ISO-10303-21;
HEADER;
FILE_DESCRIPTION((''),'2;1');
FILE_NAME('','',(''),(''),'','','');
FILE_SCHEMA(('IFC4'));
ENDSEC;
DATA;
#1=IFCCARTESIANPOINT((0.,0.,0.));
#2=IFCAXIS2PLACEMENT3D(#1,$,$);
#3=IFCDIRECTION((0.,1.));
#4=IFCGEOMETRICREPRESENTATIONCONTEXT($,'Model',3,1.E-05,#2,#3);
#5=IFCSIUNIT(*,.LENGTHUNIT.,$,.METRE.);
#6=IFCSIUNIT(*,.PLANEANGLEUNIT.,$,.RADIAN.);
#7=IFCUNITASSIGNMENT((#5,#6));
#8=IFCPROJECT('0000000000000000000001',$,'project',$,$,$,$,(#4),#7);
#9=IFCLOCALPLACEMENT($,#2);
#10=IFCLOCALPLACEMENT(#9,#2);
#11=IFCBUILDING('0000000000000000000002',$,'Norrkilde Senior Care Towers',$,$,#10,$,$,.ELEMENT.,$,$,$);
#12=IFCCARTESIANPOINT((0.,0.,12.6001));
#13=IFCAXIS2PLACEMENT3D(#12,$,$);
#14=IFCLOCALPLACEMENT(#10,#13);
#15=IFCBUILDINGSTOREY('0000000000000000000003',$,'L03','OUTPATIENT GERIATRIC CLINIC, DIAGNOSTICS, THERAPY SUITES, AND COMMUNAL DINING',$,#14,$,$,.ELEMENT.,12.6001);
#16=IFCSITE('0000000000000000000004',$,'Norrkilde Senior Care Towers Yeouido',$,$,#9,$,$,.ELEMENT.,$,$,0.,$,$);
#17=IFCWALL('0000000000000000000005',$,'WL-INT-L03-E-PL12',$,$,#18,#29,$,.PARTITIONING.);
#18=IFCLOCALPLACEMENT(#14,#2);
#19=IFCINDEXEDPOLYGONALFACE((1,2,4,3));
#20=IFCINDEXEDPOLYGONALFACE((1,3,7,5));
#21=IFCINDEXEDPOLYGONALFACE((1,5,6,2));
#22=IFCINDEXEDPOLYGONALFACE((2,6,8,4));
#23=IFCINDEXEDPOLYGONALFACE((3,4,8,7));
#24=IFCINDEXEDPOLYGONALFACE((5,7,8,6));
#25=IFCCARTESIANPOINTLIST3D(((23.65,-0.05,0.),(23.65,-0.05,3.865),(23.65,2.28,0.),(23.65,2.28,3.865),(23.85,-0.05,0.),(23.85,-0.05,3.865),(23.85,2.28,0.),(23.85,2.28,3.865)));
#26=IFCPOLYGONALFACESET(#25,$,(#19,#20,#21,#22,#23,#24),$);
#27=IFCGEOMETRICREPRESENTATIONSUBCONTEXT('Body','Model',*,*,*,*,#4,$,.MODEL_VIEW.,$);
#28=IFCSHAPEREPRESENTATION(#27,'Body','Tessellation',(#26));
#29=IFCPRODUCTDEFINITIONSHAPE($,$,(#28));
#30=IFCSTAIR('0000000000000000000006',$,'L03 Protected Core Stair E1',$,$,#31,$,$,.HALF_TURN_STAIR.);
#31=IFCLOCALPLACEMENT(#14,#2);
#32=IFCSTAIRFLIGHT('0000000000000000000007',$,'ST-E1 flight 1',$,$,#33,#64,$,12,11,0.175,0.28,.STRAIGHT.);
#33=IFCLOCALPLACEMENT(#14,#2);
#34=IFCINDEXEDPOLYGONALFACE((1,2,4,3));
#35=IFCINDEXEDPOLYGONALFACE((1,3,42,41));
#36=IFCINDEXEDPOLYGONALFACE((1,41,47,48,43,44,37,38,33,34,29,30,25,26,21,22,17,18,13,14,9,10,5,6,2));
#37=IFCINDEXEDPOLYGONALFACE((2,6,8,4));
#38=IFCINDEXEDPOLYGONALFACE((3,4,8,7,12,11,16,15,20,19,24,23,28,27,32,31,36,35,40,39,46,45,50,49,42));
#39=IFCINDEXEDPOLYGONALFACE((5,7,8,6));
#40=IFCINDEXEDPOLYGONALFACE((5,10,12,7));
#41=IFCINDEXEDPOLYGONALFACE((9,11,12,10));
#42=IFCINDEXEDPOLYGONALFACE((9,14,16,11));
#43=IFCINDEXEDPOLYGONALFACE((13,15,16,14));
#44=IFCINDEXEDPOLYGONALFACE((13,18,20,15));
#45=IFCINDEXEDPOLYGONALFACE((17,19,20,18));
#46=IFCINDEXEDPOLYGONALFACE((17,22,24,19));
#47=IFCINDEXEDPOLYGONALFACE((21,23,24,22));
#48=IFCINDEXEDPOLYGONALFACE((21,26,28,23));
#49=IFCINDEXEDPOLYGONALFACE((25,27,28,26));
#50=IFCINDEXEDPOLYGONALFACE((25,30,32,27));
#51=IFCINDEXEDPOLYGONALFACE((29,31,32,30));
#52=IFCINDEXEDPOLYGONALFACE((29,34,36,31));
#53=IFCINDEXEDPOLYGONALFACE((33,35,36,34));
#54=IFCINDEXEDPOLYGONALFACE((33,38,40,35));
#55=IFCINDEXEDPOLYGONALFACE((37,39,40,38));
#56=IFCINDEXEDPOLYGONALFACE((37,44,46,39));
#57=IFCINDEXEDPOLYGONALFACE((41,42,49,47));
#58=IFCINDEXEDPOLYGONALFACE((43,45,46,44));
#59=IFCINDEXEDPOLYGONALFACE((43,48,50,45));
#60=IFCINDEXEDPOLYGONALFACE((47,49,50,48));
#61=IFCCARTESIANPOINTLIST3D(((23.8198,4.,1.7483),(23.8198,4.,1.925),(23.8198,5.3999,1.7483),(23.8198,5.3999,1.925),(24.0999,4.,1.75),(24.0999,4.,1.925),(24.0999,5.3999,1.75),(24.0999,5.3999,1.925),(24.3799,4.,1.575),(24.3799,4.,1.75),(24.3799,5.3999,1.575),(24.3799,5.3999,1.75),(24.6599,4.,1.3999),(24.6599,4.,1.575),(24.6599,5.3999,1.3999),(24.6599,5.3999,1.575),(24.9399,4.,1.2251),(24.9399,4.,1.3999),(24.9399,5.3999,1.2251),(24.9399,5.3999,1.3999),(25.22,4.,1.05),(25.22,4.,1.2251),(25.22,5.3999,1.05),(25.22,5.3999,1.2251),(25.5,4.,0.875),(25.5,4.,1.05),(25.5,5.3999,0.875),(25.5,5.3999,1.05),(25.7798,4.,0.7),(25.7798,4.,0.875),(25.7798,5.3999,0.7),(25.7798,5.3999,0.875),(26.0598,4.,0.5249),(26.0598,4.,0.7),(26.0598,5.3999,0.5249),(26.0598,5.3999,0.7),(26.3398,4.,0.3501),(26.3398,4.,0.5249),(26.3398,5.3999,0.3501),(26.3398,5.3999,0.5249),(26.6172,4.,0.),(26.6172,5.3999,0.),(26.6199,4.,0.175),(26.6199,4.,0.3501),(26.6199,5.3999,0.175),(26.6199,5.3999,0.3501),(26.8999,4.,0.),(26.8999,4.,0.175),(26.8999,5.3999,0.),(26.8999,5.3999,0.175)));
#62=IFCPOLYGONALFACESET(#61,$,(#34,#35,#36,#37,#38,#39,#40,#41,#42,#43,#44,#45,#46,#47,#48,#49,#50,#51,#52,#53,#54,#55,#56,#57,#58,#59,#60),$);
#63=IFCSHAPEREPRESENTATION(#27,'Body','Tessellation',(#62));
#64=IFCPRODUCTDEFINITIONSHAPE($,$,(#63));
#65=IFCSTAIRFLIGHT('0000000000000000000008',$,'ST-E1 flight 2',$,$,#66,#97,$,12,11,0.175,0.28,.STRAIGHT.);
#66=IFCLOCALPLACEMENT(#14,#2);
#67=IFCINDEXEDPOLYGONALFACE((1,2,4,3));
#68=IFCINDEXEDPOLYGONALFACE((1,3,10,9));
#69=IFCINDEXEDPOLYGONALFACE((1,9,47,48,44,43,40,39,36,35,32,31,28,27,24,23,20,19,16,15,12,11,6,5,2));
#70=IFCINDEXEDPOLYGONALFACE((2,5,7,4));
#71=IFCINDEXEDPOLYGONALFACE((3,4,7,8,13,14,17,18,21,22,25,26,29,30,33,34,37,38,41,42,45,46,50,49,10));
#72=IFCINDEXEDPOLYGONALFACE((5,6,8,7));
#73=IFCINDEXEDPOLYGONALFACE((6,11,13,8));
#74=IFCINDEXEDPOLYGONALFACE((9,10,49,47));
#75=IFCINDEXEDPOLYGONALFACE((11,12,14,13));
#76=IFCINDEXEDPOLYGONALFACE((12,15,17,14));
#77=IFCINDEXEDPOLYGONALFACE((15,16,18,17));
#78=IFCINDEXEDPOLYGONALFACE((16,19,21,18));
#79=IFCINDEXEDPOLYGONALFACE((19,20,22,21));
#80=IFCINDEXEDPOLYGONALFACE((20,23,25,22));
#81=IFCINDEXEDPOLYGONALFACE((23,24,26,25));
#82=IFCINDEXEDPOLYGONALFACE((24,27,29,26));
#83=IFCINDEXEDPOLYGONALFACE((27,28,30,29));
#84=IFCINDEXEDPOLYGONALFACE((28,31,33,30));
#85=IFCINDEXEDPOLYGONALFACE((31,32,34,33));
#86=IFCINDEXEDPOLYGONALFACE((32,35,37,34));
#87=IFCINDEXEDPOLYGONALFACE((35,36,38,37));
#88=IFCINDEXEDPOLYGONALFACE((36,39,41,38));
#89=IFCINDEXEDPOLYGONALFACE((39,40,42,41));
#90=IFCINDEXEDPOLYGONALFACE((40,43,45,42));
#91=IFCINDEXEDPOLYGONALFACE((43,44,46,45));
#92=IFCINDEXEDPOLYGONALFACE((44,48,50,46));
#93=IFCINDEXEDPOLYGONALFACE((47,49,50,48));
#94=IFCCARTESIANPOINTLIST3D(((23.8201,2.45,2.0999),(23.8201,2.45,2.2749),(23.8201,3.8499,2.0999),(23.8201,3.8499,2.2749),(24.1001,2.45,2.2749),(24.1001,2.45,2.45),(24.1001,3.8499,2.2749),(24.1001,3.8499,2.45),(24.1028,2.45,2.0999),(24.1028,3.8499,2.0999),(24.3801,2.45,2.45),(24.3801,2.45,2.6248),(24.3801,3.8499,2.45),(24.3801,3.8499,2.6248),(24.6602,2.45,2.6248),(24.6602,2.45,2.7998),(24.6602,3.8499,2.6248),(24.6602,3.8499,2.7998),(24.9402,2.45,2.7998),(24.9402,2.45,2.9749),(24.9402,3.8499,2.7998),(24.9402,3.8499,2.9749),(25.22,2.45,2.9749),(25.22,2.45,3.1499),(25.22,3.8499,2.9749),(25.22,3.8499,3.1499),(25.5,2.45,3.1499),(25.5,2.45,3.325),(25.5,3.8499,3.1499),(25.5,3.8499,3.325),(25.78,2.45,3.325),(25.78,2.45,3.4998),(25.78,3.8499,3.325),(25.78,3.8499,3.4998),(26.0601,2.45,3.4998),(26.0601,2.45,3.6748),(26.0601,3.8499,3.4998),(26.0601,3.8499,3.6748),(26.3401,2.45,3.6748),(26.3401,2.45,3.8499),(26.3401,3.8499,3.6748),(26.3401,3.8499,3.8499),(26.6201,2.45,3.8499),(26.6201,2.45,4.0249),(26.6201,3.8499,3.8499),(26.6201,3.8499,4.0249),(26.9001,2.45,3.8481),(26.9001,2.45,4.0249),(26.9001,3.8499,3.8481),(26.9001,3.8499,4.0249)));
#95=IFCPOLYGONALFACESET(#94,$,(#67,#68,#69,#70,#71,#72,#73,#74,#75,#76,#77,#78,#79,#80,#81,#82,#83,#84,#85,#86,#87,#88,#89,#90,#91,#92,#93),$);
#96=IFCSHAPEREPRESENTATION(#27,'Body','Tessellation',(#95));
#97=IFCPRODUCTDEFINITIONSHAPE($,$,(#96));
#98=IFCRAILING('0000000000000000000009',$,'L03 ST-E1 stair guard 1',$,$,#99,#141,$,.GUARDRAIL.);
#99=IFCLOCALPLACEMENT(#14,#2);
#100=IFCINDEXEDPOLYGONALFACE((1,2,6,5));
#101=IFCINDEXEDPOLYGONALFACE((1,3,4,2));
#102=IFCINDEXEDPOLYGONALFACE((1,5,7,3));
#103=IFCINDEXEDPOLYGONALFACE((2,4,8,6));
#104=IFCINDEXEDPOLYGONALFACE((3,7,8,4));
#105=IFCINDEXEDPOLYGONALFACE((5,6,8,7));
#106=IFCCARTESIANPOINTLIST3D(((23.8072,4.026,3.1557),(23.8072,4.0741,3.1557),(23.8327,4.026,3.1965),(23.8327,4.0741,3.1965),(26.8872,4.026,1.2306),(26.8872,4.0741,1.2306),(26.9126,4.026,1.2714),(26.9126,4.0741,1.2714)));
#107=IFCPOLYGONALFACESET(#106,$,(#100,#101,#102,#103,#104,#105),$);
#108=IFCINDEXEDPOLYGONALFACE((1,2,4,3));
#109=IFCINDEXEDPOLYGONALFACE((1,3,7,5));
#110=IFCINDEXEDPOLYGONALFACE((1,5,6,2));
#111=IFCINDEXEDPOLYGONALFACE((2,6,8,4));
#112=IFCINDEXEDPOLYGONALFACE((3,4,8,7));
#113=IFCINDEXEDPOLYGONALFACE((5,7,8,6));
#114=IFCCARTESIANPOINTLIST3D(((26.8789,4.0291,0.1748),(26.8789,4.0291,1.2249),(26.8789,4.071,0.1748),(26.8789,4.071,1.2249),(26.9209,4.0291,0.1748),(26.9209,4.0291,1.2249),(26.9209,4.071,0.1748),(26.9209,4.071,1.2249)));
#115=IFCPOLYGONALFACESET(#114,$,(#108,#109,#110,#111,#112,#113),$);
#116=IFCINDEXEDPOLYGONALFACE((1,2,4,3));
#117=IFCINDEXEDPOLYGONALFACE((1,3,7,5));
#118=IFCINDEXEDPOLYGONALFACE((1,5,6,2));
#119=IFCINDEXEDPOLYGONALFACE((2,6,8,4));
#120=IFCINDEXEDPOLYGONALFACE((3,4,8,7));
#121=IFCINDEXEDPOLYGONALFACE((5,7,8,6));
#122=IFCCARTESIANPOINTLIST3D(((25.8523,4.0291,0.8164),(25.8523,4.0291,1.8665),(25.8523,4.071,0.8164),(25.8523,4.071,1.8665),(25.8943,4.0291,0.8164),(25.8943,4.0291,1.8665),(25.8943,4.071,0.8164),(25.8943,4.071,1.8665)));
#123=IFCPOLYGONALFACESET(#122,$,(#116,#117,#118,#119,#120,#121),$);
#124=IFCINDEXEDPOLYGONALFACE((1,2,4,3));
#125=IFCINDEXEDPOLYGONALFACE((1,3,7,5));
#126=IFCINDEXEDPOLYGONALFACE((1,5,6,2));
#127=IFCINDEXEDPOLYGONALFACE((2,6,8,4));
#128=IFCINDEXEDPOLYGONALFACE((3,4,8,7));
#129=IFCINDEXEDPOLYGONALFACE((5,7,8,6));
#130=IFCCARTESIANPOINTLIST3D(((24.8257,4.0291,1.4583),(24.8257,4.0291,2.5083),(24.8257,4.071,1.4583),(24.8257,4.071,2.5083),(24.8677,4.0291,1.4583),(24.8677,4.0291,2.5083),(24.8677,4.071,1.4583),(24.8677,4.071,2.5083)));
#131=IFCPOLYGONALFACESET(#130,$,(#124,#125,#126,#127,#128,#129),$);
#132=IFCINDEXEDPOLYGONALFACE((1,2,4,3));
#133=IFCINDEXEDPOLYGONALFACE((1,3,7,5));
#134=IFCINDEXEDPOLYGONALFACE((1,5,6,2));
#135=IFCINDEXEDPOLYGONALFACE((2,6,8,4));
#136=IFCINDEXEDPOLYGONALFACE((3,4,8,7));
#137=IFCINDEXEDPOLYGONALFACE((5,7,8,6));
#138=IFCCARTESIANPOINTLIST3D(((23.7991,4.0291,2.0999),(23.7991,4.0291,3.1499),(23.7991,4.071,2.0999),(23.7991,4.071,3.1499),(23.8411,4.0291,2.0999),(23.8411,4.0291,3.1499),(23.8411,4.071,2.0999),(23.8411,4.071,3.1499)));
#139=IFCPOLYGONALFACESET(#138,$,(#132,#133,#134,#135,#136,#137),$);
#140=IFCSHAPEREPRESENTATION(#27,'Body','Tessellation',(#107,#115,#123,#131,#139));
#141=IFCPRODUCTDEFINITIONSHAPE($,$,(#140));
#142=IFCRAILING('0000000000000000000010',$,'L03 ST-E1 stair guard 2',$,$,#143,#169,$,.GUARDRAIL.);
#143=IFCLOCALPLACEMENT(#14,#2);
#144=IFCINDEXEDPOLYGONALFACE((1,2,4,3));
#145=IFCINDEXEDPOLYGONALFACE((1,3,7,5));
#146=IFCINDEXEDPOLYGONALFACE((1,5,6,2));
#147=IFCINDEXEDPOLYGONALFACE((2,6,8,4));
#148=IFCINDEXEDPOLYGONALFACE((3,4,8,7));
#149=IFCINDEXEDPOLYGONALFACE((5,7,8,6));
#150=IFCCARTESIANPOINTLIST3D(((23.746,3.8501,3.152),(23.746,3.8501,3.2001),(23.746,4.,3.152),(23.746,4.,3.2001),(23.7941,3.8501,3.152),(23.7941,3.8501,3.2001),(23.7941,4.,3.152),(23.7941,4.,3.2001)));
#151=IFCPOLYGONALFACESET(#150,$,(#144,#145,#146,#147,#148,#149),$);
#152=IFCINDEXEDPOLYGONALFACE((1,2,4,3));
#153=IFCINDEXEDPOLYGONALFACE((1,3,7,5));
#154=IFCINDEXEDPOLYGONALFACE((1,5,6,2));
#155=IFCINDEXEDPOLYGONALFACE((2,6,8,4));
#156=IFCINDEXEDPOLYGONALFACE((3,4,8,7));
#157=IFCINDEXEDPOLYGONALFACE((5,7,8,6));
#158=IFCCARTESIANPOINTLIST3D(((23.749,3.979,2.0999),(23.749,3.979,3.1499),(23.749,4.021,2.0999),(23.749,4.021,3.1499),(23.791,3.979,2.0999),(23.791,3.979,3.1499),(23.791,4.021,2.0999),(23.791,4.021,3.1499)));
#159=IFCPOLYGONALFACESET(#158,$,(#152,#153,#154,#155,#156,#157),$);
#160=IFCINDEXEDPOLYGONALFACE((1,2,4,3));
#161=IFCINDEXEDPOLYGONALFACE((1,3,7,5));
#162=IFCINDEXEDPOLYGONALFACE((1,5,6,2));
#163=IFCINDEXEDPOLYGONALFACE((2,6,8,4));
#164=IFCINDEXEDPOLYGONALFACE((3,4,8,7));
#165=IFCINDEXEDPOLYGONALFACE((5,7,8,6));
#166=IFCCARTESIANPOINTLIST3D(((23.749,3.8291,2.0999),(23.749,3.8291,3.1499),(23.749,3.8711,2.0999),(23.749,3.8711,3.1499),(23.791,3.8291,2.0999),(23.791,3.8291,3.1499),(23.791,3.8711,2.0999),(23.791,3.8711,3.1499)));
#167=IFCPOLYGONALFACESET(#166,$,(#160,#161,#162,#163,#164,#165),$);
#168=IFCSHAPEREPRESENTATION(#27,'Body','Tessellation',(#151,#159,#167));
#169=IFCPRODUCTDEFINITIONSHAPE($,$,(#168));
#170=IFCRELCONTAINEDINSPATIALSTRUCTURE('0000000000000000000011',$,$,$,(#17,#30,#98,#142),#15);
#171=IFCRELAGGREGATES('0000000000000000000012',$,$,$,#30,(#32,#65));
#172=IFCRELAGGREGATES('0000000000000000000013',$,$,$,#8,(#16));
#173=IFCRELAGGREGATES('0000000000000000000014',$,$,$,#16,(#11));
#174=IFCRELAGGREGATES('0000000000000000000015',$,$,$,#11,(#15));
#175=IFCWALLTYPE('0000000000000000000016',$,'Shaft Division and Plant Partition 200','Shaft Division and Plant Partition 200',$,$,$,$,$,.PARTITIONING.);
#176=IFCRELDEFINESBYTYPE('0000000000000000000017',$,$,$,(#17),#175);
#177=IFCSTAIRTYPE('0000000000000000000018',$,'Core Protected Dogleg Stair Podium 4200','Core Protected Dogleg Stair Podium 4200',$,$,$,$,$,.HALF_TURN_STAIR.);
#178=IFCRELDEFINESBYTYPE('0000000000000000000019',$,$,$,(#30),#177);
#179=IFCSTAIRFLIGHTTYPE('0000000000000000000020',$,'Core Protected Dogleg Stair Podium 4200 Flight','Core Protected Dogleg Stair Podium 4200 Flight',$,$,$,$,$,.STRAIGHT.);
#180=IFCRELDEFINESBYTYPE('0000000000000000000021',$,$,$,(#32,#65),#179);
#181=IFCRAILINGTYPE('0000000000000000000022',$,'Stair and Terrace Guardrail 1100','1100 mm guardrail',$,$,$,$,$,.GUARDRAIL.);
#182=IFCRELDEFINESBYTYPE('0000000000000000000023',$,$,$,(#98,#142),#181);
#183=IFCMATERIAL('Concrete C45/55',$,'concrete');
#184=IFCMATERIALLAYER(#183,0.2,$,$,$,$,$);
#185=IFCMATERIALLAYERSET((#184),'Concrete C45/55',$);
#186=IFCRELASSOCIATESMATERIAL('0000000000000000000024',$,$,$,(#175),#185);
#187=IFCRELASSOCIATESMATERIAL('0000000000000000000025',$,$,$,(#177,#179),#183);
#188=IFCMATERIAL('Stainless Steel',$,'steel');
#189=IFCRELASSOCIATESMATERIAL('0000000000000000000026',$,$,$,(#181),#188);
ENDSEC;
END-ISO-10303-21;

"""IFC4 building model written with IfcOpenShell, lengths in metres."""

from ifc_helpers import new_model, si_unit, direction, frame, frame_2d, origin, origin_2d, place, context, subcontext, project, spatial, polyline, rectangle, outline, extrude, source, transform, mapped, material, layer, layer_set, type_object, type_shapes, element, aggregate, save


model = new_model("IFC4")

# Units and contexts
model_context = context("Model", 3, precision=1e-05, world=origin(), true_north=direction((0.0, 1.0)))
body_context = subcontext(model_context, "Body", "Model", "MODEL_VIEW")
ifc_project = project(units=[si_unit("LENGTHUNIT", "METRE"), si_unit("PLANEANGLEUNIT", "RADIAN")], contexts=[model_context])

# Site, building, storey
site_placement = place(None, origin())
site = spatial("IfcSite", under=ifc_project, at=site_placement, Name="Norrkilde Senior Care Towers Yeouido", CompositionType="ELEMENT", RefElevation=0.0)
building_placement = place(site_placement, origin())
building = spatial("IfcBuilding", under=site, at=building_placement, Name="Norrkilde Senior Care Towers", CompositionType="ELEMENT")
storey_placement = place(building_placement, frame((0.0, 0.0, 12.6001)))
storey = spatial("IfcBuildingStorey", under=building, at=storey_placement, Name="L03", Description="OUTPATIENT GERIATRIC CLINIC, DIAGNOSTICS, THERAPY SUITES, AND COMMUNAL DINING", CompositionType="ELEMENT", Elevation=12.6001)

# Shared definitions
ifc_material_1 = material(Name="Concrete C45/55", Category="concrete")

# Shared definitions
ifc_material_2 = material(Name="Stainless Steel", Category="steel")

# Wall
ifc_layer_1 = layer(ifc_material_1, 0.2)
ifc_layer_set_1 = layer_set([ifc_layer_1], Name="Concrete C45/55")
wall_type_1 = type_object("IfcWallType", Name="Shaft Division and Plant Partition 200", Description="Shaft Division and Plant Partition 200", PredefinedType="PARTITIONING", material=ifc_layer_set_1)
shared_shape_1 = source(origin(), body_context, "Body", "SweptSolid", [
    extrude(rectangle(XDim=2.3301, YDim=0.2, at=frame_2d((1.165, 0.0))), origin(), (0.0, 0.0, 1.0), 3.865),
])
type_shapes(wall_type_1, [shared_shape_1])
wall_1_placement = place(storey_placement, frame((23.75, -0.05, 0.0), z_axis=(0.0, 0.0, 1.0), x_axis=(0.0, 1.0, 0.0)))
element("IfcWall", 1, at=wall_1_placement, inside=storey, type_object=wall_type_1, Name="WL-INT-L03-E-PL12", PredefinedType="PARTITIONING", context=body_context, shape_type="MappedRepresentation", body=[
    mapped(shared_shape_1, transform((0.0, 0.0, 0.0), x_axis=(1.0, 0.0, 0.0), y_axis=(0.0, 1.0, 0.0), z_axis=(0.0, 0.0, 1.0), scale=1.0)),
])

# Stair, stair flights
stair_type = type_object("IfcStairType", Name="Core Protected Dogleg Stair Podium 4200", Description="Core Protected Dogleg Stair Podium 4200", PredefinedType="HALF_TURN_STAIR", material=ifc_material_1)
stair_placement = place(storey_placement, origin())
stair = element("IfcStair", 2, at=stair_placement, inside=storey, type_object=stair_type, Name="L03 Protected Core Stair E1", PredefinedType="HALF_TURN_STAIR")
stair_flight_type = type_object("IfcStairFlightType", Name="Core Protected Dogleg Stair Podium 4200 Flight", Description="Core Protected Dogleg Stair Podium 4200 Flight", PredefinedType="STRAIGHT", material=ifc_material_1)
stair_flight_1_placement = place(storey_placement, frame((26.8999, 4.7, 0.0), z_axis=(0.0, 0.0, 1.0), x_axis=(-1.0, 0.0, 0.0)))
stair_flight_1 = element("IfcStairFlight", 3, at=stair_flight_1_placement, type_object=stair_flight_type, Name="ST-E1 flight 1", NumberOfRisers=12, NumberOfTreads=11, PredefinedType="STRAIGHT", RiserHeight=0.175, TreadLength=0.28, context=body_context, shape_type="SweptSolid", body=[
    extrude(outline(polyline([(0.0, 0.0), (0.0, 0.175), (0.28, 0.175), (0.28, 0.3501), (0.5601, 0.3501), (0.5601, 0.5249), (0.8401, 0.5249), (0.8401, 0.7), (1.1201, 0.7), (1.1201, 0.875), (1.3999, 0.875), (1.3999, 1.05), (1.6799, 1.05), (1.6799, 1.2251), (1.96, 1.2251), (1.96, 1.3999), (2.24, 1.3999), (2.24, 1.575), (2.52, 1.575), (2.52, 1.75), (2.8, 1.75), (2.8, 1.925), (3.0801, 1.925), (3.0801, 2.1001), (3.0801, 1.7483), (0.2827, 0.0), (0.0, 0.0)])), frame((0.0, 0.7, 0.0), z_axis=(0.0, -1.0, 0.0), x_axis=(1.0, 0.0, 0.0)), (0.0, 0.0, 1.0), 1.3999),
])
stair_flight_2_placement = place(storey_placement, frame((23.8201, 3.1499, 2.0999), z_axis=(0.0, 0.0, 1.0), x_axis=(1.0, 0.0, 0.0)))
stair_flight_2 = element("IfcStairFlight", 4, at=stair_flight_2_placement, type_object=stair_flight_type, Name="ST-E1 flight 2", NumberOfRisers=12, NumberOfTreads=11, PredefinedType="STRAIGHT", RiserHeight=0.175, TreadLength=0.28, context=body_context, shape_type="SweptSolid", body=[
    extrude(outline(polyline([(0.0, 0.0), (0.0, 0.175), (0.28, 0.175), (0.28, 0.3501), (0.5601, 0.3501), (0.5601, 0.5249), (0.8401, 0.5249), (0.8401, 0.7), (1.1201, 0.7), (1.1201, 0.875), (1.3999, 0.875), (1.3999, 1.05), (1.6799, 1.05), (1.6799, 1.2251), (1.96, 1.2251), (1.96, 1.3999), (2.24, 1.3999), (2.24, 1.575), (2.52, 1.575), (2.52, 1.75), (2.8, 1.75), (2.8, 1.925), (3.0801, 1.925), (3.0801, 2.1001), (3.0801, 1.7483), (0.2827, 0.0), (0.0, 0.0)])), frame((0.0, 0.7, 0.0), z_axis=(0.0, -1.0, 0.0), x_axis=(1.0, 0.0, 0.0)), (0.0, 0.0, 1.0), 1.3999),
])
aggregate(stair, [stair_flight_1, stair_flight_2])

# Railings
railing_type_1 = type_object("IfcRailingType", Name="Stair and Terrace Guardrail 1100", Description="1100 mm guardrail", PredefinedType="GUARDRAIL", material=ifc_material_2)
railing_1_placement = place(storey_placement, frame((26.8999, 4.05, 0.1748)))
element("IfcRailing", 5, at=railing_1_placement, inside=storey, type_object=railing_type_1, Name="L03 ST-E1 stair guard 1", PredefinedType="GUARDRAIL", context=body_context, shape_type="SweptSolid", body=[
    extrude(rectangle(XDim=0.0481, YDim=0.0481, at=origin_2d()), frame((0.0, 0.0, 1.0762), z_axis=(-0.847979, 0.0, 0.530029), x_axis=(0.0, -1.0, 0.0)), (0.0, 0.0, 1.0), 3.6321),
    extrude(rectangle(XDim=0.042, YDim=0.042, at=origin_2d()), origin(), (0.0, 0.0, 1.0), 1.05),
    extrude(rectangle(XDim=0.042, YDim=0.042, at=origin_2d()), frame((-1.0266, 0.0, 0.6416)), (0.0, 0.0, 1.0), 1.05),
    extrude(rectangle(XDim=0.042, YDim=0.042, at=origin_2d()), frame((-2.0532, 0.0, 1.2834)), (0.0, 0.0, 1.0), 1.05),
    extrude(rectangle(XDim=0.042, YDim=0.042, at=origin_2d()), frame((-3.0798, 0.0, 1.925)), (0.0, 0.0, 1.0), 1.05),
])
railing_2_placement = place(storey_placement, frame((23.77, 4.0, 2.0999)))
element("IfcRailing", 6, at=railing_2_placement, inside=storey, type_object=railing_type_1, Name="L03 ST-E1 stair guard 2", PredefinedType="GUARDRAIL", context=body_context, shape_type="SweptSolid", body=[
    extrude(rectangle(XDim=0.0481, YDim=0.0481, at=origin_2d()), frame((0.0, 0.0, 1.0762), z_axis=(0.0, -1.0, 0.0), x_axis=(1.0, 0.0, 0.0)), (0.0, 0.0, 1.0), 0.1499),
    extrude(rectangle(XDim=0.042, YDim=0.042, at=origin_2d()), origin(), (0.0, 0.0, 1.0), 1.05),
    extrude(rectangle(XDim=0.042, YDim=0.042, at=origin_2d()), frame((0.0, -0.1499, 0.0)), (0.0, 0.0, 1.0), 1.05),
])

save(model, "model.ifc")
